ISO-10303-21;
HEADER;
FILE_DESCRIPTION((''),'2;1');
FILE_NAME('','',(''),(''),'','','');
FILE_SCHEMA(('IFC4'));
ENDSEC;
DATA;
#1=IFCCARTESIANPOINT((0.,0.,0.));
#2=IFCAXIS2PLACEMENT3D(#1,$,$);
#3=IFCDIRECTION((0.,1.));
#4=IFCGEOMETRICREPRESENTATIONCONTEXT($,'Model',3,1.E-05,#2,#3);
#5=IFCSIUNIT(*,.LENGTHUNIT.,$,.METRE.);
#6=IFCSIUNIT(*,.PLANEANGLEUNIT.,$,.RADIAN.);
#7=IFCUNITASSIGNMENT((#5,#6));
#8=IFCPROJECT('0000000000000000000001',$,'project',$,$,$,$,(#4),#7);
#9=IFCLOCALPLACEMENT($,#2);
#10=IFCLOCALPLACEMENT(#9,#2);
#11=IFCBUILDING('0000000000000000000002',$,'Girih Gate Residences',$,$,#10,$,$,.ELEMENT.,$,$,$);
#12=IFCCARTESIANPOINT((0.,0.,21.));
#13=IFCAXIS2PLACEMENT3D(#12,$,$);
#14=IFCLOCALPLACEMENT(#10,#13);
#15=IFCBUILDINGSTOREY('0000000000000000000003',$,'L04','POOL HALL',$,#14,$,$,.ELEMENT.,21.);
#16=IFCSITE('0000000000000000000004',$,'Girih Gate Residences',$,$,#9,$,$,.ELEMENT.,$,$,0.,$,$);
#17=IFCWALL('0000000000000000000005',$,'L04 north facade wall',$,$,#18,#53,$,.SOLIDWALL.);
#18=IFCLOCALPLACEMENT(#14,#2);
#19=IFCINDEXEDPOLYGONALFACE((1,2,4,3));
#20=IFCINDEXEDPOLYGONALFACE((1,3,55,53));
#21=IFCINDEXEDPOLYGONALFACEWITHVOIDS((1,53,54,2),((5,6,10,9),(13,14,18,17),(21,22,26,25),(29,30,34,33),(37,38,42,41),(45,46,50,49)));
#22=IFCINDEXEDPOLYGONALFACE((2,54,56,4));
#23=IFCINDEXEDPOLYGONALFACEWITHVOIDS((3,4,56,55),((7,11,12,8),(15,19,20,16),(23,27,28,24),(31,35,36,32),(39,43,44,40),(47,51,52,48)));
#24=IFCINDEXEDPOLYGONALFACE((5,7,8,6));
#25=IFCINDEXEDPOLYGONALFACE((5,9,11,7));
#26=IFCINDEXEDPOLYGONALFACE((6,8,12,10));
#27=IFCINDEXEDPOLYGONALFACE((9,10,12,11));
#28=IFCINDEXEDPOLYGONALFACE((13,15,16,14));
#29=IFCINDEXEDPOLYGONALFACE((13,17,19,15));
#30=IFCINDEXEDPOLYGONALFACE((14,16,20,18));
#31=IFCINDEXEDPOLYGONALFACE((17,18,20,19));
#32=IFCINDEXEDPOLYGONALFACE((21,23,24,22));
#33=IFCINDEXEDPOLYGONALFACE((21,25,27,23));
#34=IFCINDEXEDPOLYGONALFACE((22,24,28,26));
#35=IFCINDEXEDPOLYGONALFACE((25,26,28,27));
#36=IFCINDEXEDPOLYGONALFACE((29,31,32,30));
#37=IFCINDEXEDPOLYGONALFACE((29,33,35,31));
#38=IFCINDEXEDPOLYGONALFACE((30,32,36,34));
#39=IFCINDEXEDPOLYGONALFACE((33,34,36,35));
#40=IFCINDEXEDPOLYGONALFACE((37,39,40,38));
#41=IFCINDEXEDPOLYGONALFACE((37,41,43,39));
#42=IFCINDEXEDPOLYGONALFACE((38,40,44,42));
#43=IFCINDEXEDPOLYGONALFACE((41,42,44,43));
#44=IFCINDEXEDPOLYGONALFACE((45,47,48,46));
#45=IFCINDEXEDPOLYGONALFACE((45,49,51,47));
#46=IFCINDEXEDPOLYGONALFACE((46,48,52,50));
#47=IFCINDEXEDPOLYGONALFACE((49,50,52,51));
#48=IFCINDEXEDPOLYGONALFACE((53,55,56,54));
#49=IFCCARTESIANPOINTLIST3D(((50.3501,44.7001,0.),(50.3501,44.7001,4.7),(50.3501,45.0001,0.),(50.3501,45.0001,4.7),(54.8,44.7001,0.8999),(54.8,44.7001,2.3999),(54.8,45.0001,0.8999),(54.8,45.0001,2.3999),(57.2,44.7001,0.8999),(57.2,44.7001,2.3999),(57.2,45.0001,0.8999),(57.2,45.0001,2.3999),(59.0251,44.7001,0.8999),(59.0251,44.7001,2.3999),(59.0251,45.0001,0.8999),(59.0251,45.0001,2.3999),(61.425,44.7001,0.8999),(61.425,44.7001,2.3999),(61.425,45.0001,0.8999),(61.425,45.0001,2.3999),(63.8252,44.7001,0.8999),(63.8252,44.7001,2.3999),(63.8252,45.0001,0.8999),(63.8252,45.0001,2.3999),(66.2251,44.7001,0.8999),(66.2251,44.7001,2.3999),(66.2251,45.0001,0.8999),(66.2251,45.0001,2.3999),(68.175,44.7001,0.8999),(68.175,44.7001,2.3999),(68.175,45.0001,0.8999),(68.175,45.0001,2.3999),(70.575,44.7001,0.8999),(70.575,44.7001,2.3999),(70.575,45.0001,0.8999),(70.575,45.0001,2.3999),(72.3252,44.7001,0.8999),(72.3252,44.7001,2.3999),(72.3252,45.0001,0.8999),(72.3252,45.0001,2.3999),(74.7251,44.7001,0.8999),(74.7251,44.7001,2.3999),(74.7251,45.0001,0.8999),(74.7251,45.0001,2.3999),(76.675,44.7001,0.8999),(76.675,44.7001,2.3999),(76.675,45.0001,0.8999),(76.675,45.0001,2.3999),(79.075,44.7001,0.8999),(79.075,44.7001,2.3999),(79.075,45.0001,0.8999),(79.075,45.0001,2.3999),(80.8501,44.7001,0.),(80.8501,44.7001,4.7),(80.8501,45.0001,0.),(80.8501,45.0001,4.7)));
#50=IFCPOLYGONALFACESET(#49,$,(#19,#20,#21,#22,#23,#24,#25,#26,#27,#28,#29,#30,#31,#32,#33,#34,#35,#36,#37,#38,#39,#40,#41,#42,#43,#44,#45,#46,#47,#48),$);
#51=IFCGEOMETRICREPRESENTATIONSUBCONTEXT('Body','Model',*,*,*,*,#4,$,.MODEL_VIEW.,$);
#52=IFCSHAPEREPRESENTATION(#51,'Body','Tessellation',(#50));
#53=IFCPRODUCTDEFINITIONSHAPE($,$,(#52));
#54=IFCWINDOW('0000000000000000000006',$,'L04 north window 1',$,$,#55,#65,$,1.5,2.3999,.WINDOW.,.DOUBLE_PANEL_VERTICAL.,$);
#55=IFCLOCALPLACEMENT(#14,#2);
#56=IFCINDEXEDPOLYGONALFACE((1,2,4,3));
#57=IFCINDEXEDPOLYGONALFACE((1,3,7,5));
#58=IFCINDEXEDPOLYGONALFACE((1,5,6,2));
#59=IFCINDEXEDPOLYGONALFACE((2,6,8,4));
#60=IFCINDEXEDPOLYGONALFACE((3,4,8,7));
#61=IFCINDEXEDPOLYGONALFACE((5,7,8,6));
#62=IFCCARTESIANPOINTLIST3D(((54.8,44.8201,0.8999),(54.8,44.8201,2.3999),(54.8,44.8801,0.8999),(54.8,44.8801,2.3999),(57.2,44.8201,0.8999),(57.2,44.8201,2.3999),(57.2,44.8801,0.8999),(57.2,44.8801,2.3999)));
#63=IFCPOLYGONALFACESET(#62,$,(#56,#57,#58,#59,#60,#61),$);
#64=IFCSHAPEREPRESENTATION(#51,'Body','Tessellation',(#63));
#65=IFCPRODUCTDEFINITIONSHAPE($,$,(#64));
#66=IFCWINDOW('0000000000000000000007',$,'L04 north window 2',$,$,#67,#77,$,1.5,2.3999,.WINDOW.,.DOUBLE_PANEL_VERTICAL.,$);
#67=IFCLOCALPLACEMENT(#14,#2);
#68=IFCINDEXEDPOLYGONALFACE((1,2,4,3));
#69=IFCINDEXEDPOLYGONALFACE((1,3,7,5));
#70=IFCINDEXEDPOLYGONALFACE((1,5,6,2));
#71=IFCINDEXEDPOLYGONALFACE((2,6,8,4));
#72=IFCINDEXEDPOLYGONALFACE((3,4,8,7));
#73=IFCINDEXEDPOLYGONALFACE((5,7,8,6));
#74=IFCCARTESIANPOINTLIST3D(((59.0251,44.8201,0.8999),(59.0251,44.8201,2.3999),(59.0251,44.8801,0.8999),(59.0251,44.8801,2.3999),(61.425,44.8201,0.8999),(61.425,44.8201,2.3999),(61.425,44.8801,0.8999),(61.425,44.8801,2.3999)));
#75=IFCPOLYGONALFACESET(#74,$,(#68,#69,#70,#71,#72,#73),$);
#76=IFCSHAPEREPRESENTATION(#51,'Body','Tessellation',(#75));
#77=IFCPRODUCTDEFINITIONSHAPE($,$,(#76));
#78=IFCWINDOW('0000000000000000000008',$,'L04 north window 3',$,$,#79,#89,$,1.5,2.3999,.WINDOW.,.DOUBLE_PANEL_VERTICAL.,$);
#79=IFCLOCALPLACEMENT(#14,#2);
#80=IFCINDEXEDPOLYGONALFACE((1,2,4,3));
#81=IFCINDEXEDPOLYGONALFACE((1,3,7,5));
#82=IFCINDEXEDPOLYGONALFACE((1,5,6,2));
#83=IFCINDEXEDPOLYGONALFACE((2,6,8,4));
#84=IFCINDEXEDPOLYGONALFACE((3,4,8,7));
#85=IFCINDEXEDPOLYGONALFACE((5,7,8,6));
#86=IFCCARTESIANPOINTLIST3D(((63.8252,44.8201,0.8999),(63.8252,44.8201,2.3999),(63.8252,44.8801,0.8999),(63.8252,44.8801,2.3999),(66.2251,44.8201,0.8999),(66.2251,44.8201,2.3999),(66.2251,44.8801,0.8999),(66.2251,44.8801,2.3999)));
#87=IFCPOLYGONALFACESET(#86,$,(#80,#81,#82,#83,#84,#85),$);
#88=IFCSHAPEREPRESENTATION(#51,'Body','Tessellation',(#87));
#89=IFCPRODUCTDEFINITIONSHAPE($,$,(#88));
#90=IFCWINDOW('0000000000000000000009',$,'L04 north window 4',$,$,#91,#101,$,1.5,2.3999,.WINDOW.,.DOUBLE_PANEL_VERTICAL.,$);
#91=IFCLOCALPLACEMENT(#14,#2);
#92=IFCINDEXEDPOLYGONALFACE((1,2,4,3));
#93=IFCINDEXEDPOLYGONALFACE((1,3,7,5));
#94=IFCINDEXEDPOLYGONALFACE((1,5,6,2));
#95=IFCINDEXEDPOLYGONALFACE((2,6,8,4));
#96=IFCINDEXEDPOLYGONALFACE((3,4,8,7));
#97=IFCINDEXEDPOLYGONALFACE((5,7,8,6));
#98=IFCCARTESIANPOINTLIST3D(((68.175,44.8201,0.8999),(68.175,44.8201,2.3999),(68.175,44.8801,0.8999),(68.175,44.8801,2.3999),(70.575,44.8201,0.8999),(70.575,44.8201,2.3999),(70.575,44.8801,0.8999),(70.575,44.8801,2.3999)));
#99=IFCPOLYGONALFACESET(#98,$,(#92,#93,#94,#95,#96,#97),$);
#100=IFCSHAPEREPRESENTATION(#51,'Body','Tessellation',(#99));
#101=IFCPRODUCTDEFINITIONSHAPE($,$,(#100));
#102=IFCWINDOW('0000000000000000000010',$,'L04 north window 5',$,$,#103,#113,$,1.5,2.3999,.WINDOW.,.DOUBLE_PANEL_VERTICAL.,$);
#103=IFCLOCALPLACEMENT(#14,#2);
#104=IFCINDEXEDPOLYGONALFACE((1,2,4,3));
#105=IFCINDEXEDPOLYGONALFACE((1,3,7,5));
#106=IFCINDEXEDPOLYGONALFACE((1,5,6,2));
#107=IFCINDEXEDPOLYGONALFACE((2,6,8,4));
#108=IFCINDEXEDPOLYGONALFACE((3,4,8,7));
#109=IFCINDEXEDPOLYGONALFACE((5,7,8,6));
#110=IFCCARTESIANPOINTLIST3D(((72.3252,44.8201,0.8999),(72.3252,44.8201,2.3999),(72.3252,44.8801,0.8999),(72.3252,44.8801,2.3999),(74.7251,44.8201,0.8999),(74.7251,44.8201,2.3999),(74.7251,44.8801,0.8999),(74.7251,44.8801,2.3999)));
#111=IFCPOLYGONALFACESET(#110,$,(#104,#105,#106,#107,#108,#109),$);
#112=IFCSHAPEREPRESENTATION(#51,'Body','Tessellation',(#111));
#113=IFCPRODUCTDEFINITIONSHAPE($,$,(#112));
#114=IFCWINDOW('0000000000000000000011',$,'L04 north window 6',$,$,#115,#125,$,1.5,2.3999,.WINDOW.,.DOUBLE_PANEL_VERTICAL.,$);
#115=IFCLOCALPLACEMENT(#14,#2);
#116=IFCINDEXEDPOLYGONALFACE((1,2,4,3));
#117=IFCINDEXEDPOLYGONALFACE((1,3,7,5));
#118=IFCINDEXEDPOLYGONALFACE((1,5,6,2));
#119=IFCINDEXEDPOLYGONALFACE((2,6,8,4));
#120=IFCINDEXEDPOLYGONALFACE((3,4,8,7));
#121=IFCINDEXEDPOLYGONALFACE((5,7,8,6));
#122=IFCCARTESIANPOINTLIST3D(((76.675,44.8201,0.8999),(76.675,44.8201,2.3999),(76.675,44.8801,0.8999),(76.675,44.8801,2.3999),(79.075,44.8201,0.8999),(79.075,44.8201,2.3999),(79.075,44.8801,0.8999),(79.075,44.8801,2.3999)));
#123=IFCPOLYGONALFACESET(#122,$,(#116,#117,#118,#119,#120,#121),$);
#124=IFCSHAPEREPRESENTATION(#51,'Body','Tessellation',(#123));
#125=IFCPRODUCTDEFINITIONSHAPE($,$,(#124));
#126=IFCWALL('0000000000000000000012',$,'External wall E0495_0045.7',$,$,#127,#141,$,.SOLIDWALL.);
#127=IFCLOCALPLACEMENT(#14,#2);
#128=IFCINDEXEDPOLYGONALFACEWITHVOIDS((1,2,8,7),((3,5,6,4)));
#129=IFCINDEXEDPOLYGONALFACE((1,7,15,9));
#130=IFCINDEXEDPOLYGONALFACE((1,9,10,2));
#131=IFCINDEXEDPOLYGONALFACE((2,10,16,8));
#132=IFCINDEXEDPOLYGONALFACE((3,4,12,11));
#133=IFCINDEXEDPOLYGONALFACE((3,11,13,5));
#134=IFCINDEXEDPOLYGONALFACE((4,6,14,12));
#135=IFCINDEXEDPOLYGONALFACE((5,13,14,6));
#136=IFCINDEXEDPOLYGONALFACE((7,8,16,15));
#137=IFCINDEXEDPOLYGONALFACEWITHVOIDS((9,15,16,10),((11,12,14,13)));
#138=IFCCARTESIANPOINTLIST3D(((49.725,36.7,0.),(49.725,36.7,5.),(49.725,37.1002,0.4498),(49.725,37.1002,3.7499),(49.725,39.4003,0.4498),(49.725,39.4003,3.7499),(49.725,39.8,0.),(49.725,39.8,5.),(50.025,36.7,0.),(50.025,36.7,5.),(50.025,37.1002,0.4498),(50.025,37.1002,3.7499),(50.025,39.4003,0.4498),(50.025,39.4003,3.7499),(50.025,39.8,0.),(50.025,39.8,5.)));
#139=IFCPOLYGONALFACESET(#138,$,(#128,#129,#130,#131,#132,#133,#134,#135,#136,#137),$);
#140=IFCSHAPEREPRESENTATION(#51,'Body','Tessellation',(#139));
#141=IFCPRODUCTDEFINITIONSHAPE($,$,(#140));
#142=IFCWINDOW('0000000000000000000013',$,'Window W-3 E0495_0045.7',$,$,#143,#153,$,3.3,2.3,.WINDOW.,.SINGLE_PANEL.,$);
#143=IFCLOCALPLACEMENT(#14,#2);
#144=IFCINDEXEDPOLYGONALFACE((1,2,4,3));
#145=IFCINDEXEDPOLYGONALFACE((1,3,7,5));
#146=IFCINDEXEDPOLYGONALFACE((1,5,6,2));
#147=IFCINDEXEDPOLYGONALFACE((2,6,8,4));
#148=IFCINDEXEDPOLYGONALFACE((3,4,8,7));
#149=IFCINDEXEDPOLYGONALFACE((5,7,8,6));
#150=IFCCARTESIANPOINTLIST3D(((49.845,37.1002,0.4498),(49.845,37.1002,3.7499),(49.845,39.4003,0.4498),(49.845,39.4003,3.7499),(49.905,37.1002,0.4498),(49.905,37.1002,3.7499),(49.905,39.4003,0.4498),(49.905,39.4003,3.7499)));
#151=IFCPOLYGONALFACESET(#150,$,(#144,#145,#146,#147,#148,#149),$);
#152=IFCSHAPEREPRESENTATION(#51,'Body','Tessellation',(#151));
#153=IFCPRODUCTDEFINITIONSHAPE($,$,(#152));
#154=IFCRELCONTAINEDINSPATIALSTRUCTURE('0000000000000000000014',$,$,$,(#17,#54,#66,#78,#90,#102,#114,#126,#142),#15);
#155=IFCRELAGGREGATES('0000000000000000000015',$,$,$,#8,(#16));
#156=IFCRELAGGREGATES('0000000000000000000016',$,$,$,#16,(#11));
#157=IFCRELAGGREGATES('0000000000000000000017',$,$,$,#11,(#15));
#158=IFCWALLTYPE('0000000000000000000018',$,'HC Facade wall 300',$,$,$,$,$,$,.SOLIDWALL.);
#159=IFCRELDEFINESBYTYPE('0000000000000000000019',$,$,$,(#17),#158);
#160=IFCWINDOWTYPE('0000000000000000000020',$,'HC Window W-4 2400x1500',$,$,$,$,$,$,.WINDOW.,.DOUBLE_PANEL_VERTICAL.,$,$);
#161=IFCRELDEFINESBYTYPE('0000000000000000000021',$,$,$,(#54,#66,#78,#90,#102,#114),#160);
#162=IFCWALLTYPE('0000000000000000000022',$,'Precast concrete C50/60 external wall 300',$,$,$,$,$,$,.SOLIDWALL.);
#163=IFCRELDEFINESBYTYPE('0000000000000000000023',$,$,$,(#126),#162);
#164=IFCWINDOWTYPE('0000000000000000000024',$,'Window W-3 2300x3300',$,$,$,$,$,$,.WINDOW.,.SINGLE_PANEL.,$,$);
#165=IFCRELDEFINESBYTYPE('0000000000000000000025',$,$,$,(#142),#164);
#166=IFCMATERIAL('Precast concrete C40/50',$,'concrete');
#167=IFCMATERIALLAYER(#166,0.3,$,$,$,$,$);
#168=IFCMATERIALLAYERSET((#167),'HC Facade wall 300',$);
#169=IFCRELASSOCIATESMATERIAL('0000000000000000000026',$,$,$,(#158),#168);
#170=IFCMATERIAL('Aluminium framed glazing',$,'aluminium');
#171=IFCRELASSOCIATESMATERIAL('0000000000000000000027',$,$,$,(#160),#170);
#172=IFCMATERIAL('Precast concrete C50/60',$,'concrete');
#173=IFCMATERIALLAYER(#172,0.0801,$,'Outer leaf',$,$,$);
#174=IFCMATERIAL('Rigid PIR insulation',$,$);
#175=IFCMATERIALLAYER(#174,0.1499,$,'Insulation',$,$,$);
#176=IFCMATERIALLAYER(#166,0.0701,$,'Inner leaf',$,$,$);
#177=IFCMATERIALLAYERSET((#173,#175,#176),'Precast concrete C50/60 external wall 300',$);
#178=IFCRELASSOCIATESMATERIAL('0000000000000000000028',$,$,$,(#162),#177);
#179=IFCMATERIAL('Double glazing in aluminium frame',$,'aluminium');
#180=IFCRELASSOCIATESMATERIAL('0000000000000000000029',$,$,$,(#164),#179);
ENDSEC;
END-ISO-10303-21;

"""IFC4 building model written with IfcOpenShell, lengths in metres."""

from ifc_helpers import new_model, si_unit, direction, frame, frame_2d, origin, place, context, subcontext, project, spatial, rectangle, extrude, material, layer, layer_set, type_object, element, fill, save


model = new_model("IFC4")

# Units and contexts
model_context = context("Model", 3, precision=1e-05, world=origin(), true_north=direction((0.0, 1.0)))
body_context = subcontext(model_context, "Body", "Model", "MODEL_VIEW")
ifc_project = project(units=[si_unit("LENGTHUNIT", "METRE"), si_unit("PLANEANGLEUNIT", "RADIAN")], contexts=[model_context])

# Site, building, storey
site_placement = place(None, origin())
site = spatial("IfcSite", under=ifc_project, at=site_placement, Name="Girih Gate Residences", CompositionType="ELEMENT", RefElevation=0.0)
building_placement = place(site_placement, origin())
building = spatial("IfcBuilding", under=site, at=building_placement, Name="Girih Gate Residences", CompositionType="ELEMENT")
storey_placement = place(building_placement, frame((0.0, 0.0, 21.0)))
storey = spatial("IfcBuildingStorey", under=building, at=storey_placement, Name="L04", Description="POOL HALL", CompositionType="ELEMENT", Elevation=21.0)

# Wall, openings, windows
ifc_material_1 = material(Name="Precast concrete C40/50", Category="concrete")
ifc_layer_1 = layer(ifc_material_1, 0.3)
ifc_layer_set_1 = layer_set([ifc_layer_1], Name="HC Facade wall 300")
wall_type_1 = type_object("IfcWallType", Name="HC Facade wall 300", PredefinedType="SOLIDWALL", material=ifc_layer_set_1)
wall_1_placement = place(storey_placement, frame((50.3501, 44.8501, 0.0), z_axis=(0.0, 0.0, 1.0), x_axis=(1.0, 0.0, 0.0)))
wall_1 = element("IfcWall", 1, at=wall_1_placement, inside=storey, type_object=wall_type_1, Name="L04 north facade wall", PredefinedType="SOLIDWALL", context=body_context, shape_type="SweptSolid", body=[
    extrude(rectangle(XDim=30.5, YDim=0.3, at=frame_2d((15.25, 0.0))), origin(), (0.0, 0.0, 1.0), 4.7),
])
opening_1_placement = place(wall_1_placement, frame((4.45, 0.0, 0.8999)))
opening_1 = element("IfcOpeningElement", 2, at=opening_1_placement, cuts=wall_1, PredefinedType="OPENING", context=body_context, shape_type="SweptSolid", body=[
    extrude(rectangle(XDim=2.3999, YDim=1.5, at=frame_2d((1.2, 0.75))), frame((0.0, 0.1599, 0.0), z_axis=(0.0, -1.0, 0.0), x_axis=(1.0, 0.0, 0.0)), (0.0, 0.0, 1.0), 0.3201),
])
opening_2_placement = place(wall_1_placement, frame((8.675, 0.0, 0.8999)))
opening_2 = element("IfcOpeningElement", 3, at=opening_2_placement, cuts=wall_1, PredefinedType="OPENING", context=body_context, shape_type="SweptSolid", body=[
    extrude(rectangle(XDim=2.3999, YDim=1.5, at=frame_2d((1.2, 0.75))), frame((0.0, 0.1599, 0.0), z_axis=(0.0, -1.0, 0.0), x_axis=(1.0, 0.0, 0.0)), (0.0, 0.0, 1.0), 0.3201),
])
opening_3_placement = place(wall_1_placement, frame((13.4751, 0.0, 0.8999)))
opening_3 = element("IfcOpeningElement", 4, at=opening_3_placement, cuts=wall_1, PredefinedType="OPENING", context=body_context, shape_type="SweptSolid", body=[
    extrude(rectangle(XDim=2.3999, YDim=1.5, at=frame_2d((1.2, 0.75))), frame((0.0, 0.1599, 0.0), z_axis=(0.0, -1.0, 0.0), x_axis=(1.0, 0.0, 0.0)), (0.0, 0.0, 1.0), 0.3201),
])
opening_4_placement = place(wall_1_placement, frame((17.825, 0.0, 0.8999)))
opening_4 = element("IfcOpeningElement", 5, at=opening_4_placement, cuts=wall_1, PredefinedType="OPENING", context=body_context, shape_type="SweptSolid", body=[
    extrude(rectangle(XDim=2.3999, YDim=1.5, at=frame_2d((1.2, 0.75))), frame((0.0, 0.1599, 0.0), z_axis=(0.0, -1.0, 0.0), x_axis=(1.0, 0.0, 0.0)), (0.0, 0.0, 1.0), 0.3201),
])
opening_5_placement = place(wall_1_placement, frame((21.9751, 0.0, 0.8999)))
opening_5 = element("IfcOpeningElement", 6, at=opening_5_placement, cuts=wall_1, PredefinedType="OPENING", context=body_context, shape_type="SweptSolid", body=[
    extrude(rectangle(XDim=2.3999, YDim=1.5, at=frame_2d((1.2, 0.75))), frame((0.0, 0.1599, 0.0), z_axis=(0.0, -1.0, 0.0), x_axis=(1.0, 0.0, 0.0)), (0.0, 0.0, 1.0), 0.3201),
])
opening_6_placement = place(wall_1_placement, frame((26.325, 0.0, 0.8999)))
opening_6 = element("IfcOpeningElement", 7, at=opening_6_placement, cuts=wall_1, PredefinedType="OPENING", context=body_context, shape_type="SweptSolid", body=[
    extrude(rectangle(XDim=2.3999, YDim=1.5, at=frame_2d((1.2, 0.75))), frame((0.0, 0.1599, 0.0), z_axis=(0.0, -1.0, 0.0), x_axis=(1.0, 0.0, 0.0)), (0.0, 0.0, 1.0), 0.3201),
])
ifc_material_2 = material(Name="Aluminium framed glazing", Category="aluminium")
window_type_1 = type_object("IfcWindowType", Name="HC Window W-4 2400x1500", PartitioningType="DOUBLE_PANEL_VERTICAL", PredefinedType="WINDOW", material=ifc_material_2)
window_1_placement = place(opening_1_placement, origin())
window_1 = element("IfcWindow", 8, at=window_1_placement, inside=storey, type_object=window_type_1, Name="L04 north window 1", OverallHeight=1.5, OverallWidth=2.3999, PartitioningType="DOUBLE_PANEL_VERTICAL", PredefinedType="WINDOW", context=body_context, shape_type="SweptSolid", body=[
    extrude(rectangle(XDim=2.3999, YDim=1.5, at=frame_2d((1.2, 0.75))), frame((0.0, 0.03, 0.0), z_axis=(0.0, -1.0, 0.0), x_axis=(1.0, 0.0, 0.0)), (0.0, 0.0, 1.0), 0.0601),
])
fill(opening_1, window_1)
window_2_placement = place(opening_2_placement, origin())
window_2 = element("IfcWindow", 9, at=window_2_placement, inside=storey, type_object=window_type_1, Name="L04 north window 2", OverallHeight=1.5, OverallWidth=2.3999, PartitioningType="DOUBLE_PANEL_VERTICAL", PredefinedType="WINDOW", context=body_context, shape_type="SweptSolid", body=[
    extrude(rectangle(XDim=2.3999, YDim=1.5, at=frame_2d((1.2, 0.75))), frame((0.0, 0.03, 0.0), z_axis=(0.0, -1.0, 0.0), x_axis=(1.0, 0.0, 0.0)), (0.0, 0.0, 1.0), 0.0601),
])
fill(opening_2, window_2)
window_3_placement = place(opening_3_placement, origin())
window_3 = element("IfcWindow", 10, at=window_3_placement, inside=storey, type_object=window_type_1, Name="L04 north window 3", OverallHeight=1.5, OverallWidth=2.3999, PartitioningType="DOUBLE_PANEL_VERTICAL", PredefinedType="WINDOW", context=body_context, shape_type="SweptSolid", body=[
    extrude(rectangle(XDim=2.3999, YDim=1.5, at=frame_2d((1.2, 0.75))), frame((0.0, 0.03, 0.0), z_axis=(0.0, -1.0, 0.0), x_axis=(1.0, 0.0, 0.0)), (0.0, 0.0, 1.0), 0.0601),
])
fill(opening_3, window_3)
window_4_placement = place(opening_4_placement, origin())
window_4 = element("IfcWindow", 11, at=window_4_placement, inside=storey, type_object=window_type_1, Name="L04 north window 4", OverallHeight=1.5, OverallWidth=2.3999, PartitioningType="DOUBLE_PANEL_VERTICAL", PredefinedType="WINDOW", context=body_context, shape_type="SweptSolid", body=[
    extrude(rectangle(XDim=2.3999, YDim=1.5, at=frame_2d((1.2, 0.75))), frame((0.0, 0.03, 0.0), z_axis=(0.0, -1.0, 0.0), x_axis=(1.0, 0.0, 0.0)), (0.0, 0.0, 1.0), 0.0601),
])
fill(opening_4, window_4)
window_5_placement = place(opening_5_placement, origin())
window_5 = element("IfcWindow", 12, at=window_5_placement, inside=storey, type_object=window_type_1, Name="L04 north window 5", OverallHeight=1.5, OverallWidth=2.3999, PartitioningType="DOUBLE_PANEL_VERTICAL", PredefinedType="WINDOW", context=body_context, shape_type="SweptSolid", body=[
    extrude(rectangle(XDim=2.3999, YDim=1.5, at=frame_2d((1.2, 0.75))), frame((0.0, 0.03, 0.0), z_axis=(0.0, -1.0, 0.0), x_axis=(1.0, 0.0, 0.0)), (0.0, 0.0, 1.0), 0.0601),
])
fill(opening_5, window_5)
window_6_placement = place(opening_6_placement, origin())
window_6 = element("IfcWindow", 13, at=window_6_placement, inside=storey, type_object=window_type_1, Name="L04 north window 6", OverallHeight=1.5, OverallWidth=2.3999, PartitioningType="DOUBLE_PANEL_VERTICAL", PredefinedType="WINDOW", context=body_context, shape_type="SweptSolid", body=[
    extrude(rectangle(XDim=2.3999, YDim=1.5, at=frame_2d((1.2, 0.75))), frame((0.0, 0.03, 0.0), z_axis=(0.0, -1.0, 0.0), x_axis=(1.0, 0.0, 0.0)), (0.0, 0.0, 1.0), 0.0601),
])
fill(opening_6, window_6)

# Wall, opening, window
ifc_material_3 = material(Name="Precast concrete C50/60", Category="concrete")
ifc_layer_2 = layer(ifc_material_3, 0.0801, Name="Outer leaf")
ifc_material_4 = material(Name="Rigid PIR insulation")
ifc_layer_3 = layer(ifc_material_4, 0.1499, Name="Insulation")
ifc_layer_4 = layer(ifc_material_1, 0.0701, Name="Inner leaf")
ifc_layer_set_2 = layer_set([ifc_layer_2, ifc_layer_3, ifc_layer_4], Name="Precast concrete C50/60 external wall 300")
wall_type_2 = type_object("IfcWallType", Name="Precast concrete C50/60 external wall 300", PredefinedType="SOLIDWALL", material=ifc_layer_set_2)
wall_2_placement = place(storey_placement, frame((49.875, 39.8, 0.0), z_axis=(0.0, 0.0, 1.0), x_axis=(0.0, -1.0, 0.0)))
wall_2 = element("IfcWall", 14, at=wall_2_placement, inside=storey, type_object=wall_type_2, Name="External wall E0495_0045.7", PredefinedType="SOLIDWALL", context=body_context, shape_type="SweptSolid", body=[
    extrude(rectangle(XDim=3.1001, YDim=0.3, at=frame_2d((1.55, 0.0))), origin(), (0.0, 0.0, 1.0), 5.0),
])
opening_7_placement = place(wall_2_placement, frame((0.3999, 0.0, 0.45)))
opening_7 = element("IfcOpeningElement", 15, at=opening_7_placement, cuts=wall_2, PredefinedType="OPENING", context=body_context, shape_type="SweptSolid", body=[
    extrude(rectangle(XDim=2.3, YDim=3.3, at=frame_2d((1.1499, 1.6499))), frame((0.0, 0.1599, 0.0), z_axis=(0.0, -1.0, 0.0), x_axis=(1.0, 0.0, 0.0)), (0.0, 0.0, 1.0), 0.3201),
])
ifc_material_5 = material(Name="Double glazing in aluminium frame", Category="aluminium")
window_type_2 = type_object("IfcWindowType", Name="Window W-3 2300x3300", PartitioningType="SINGLE_PANEL", PredefinedType="WINDOW", material=ifc_material_5)
window_7_placement = place(opening_7_placement, origin())
window_7 = element("IfcWindow", 16, at=window_7_placement, inside=storey, type_object=window_type_2, Name="Window W-3 E0495_0045.7", OverallHeight=3.3, OverallWidth=2.3, PartitioningType="SINGLE_PANEL", PredefinedType="WINDOW", context=body_context, shape_type="SweptSolid", body=[
    extrude(rectangle(XDim=2.3, YDim=3.3, at=frame_2d((1.1499, 1.6499))), frame((0.0, 0.03, 0.0), z_axis=(0.0, -1.0, 0.0), x_axis=(1.0, 0.0, 0.0)), (0.0, 0.0, 1.0), 0.0601),
])
fill(opening_7, window_7)

save(model, "model.ifc")
